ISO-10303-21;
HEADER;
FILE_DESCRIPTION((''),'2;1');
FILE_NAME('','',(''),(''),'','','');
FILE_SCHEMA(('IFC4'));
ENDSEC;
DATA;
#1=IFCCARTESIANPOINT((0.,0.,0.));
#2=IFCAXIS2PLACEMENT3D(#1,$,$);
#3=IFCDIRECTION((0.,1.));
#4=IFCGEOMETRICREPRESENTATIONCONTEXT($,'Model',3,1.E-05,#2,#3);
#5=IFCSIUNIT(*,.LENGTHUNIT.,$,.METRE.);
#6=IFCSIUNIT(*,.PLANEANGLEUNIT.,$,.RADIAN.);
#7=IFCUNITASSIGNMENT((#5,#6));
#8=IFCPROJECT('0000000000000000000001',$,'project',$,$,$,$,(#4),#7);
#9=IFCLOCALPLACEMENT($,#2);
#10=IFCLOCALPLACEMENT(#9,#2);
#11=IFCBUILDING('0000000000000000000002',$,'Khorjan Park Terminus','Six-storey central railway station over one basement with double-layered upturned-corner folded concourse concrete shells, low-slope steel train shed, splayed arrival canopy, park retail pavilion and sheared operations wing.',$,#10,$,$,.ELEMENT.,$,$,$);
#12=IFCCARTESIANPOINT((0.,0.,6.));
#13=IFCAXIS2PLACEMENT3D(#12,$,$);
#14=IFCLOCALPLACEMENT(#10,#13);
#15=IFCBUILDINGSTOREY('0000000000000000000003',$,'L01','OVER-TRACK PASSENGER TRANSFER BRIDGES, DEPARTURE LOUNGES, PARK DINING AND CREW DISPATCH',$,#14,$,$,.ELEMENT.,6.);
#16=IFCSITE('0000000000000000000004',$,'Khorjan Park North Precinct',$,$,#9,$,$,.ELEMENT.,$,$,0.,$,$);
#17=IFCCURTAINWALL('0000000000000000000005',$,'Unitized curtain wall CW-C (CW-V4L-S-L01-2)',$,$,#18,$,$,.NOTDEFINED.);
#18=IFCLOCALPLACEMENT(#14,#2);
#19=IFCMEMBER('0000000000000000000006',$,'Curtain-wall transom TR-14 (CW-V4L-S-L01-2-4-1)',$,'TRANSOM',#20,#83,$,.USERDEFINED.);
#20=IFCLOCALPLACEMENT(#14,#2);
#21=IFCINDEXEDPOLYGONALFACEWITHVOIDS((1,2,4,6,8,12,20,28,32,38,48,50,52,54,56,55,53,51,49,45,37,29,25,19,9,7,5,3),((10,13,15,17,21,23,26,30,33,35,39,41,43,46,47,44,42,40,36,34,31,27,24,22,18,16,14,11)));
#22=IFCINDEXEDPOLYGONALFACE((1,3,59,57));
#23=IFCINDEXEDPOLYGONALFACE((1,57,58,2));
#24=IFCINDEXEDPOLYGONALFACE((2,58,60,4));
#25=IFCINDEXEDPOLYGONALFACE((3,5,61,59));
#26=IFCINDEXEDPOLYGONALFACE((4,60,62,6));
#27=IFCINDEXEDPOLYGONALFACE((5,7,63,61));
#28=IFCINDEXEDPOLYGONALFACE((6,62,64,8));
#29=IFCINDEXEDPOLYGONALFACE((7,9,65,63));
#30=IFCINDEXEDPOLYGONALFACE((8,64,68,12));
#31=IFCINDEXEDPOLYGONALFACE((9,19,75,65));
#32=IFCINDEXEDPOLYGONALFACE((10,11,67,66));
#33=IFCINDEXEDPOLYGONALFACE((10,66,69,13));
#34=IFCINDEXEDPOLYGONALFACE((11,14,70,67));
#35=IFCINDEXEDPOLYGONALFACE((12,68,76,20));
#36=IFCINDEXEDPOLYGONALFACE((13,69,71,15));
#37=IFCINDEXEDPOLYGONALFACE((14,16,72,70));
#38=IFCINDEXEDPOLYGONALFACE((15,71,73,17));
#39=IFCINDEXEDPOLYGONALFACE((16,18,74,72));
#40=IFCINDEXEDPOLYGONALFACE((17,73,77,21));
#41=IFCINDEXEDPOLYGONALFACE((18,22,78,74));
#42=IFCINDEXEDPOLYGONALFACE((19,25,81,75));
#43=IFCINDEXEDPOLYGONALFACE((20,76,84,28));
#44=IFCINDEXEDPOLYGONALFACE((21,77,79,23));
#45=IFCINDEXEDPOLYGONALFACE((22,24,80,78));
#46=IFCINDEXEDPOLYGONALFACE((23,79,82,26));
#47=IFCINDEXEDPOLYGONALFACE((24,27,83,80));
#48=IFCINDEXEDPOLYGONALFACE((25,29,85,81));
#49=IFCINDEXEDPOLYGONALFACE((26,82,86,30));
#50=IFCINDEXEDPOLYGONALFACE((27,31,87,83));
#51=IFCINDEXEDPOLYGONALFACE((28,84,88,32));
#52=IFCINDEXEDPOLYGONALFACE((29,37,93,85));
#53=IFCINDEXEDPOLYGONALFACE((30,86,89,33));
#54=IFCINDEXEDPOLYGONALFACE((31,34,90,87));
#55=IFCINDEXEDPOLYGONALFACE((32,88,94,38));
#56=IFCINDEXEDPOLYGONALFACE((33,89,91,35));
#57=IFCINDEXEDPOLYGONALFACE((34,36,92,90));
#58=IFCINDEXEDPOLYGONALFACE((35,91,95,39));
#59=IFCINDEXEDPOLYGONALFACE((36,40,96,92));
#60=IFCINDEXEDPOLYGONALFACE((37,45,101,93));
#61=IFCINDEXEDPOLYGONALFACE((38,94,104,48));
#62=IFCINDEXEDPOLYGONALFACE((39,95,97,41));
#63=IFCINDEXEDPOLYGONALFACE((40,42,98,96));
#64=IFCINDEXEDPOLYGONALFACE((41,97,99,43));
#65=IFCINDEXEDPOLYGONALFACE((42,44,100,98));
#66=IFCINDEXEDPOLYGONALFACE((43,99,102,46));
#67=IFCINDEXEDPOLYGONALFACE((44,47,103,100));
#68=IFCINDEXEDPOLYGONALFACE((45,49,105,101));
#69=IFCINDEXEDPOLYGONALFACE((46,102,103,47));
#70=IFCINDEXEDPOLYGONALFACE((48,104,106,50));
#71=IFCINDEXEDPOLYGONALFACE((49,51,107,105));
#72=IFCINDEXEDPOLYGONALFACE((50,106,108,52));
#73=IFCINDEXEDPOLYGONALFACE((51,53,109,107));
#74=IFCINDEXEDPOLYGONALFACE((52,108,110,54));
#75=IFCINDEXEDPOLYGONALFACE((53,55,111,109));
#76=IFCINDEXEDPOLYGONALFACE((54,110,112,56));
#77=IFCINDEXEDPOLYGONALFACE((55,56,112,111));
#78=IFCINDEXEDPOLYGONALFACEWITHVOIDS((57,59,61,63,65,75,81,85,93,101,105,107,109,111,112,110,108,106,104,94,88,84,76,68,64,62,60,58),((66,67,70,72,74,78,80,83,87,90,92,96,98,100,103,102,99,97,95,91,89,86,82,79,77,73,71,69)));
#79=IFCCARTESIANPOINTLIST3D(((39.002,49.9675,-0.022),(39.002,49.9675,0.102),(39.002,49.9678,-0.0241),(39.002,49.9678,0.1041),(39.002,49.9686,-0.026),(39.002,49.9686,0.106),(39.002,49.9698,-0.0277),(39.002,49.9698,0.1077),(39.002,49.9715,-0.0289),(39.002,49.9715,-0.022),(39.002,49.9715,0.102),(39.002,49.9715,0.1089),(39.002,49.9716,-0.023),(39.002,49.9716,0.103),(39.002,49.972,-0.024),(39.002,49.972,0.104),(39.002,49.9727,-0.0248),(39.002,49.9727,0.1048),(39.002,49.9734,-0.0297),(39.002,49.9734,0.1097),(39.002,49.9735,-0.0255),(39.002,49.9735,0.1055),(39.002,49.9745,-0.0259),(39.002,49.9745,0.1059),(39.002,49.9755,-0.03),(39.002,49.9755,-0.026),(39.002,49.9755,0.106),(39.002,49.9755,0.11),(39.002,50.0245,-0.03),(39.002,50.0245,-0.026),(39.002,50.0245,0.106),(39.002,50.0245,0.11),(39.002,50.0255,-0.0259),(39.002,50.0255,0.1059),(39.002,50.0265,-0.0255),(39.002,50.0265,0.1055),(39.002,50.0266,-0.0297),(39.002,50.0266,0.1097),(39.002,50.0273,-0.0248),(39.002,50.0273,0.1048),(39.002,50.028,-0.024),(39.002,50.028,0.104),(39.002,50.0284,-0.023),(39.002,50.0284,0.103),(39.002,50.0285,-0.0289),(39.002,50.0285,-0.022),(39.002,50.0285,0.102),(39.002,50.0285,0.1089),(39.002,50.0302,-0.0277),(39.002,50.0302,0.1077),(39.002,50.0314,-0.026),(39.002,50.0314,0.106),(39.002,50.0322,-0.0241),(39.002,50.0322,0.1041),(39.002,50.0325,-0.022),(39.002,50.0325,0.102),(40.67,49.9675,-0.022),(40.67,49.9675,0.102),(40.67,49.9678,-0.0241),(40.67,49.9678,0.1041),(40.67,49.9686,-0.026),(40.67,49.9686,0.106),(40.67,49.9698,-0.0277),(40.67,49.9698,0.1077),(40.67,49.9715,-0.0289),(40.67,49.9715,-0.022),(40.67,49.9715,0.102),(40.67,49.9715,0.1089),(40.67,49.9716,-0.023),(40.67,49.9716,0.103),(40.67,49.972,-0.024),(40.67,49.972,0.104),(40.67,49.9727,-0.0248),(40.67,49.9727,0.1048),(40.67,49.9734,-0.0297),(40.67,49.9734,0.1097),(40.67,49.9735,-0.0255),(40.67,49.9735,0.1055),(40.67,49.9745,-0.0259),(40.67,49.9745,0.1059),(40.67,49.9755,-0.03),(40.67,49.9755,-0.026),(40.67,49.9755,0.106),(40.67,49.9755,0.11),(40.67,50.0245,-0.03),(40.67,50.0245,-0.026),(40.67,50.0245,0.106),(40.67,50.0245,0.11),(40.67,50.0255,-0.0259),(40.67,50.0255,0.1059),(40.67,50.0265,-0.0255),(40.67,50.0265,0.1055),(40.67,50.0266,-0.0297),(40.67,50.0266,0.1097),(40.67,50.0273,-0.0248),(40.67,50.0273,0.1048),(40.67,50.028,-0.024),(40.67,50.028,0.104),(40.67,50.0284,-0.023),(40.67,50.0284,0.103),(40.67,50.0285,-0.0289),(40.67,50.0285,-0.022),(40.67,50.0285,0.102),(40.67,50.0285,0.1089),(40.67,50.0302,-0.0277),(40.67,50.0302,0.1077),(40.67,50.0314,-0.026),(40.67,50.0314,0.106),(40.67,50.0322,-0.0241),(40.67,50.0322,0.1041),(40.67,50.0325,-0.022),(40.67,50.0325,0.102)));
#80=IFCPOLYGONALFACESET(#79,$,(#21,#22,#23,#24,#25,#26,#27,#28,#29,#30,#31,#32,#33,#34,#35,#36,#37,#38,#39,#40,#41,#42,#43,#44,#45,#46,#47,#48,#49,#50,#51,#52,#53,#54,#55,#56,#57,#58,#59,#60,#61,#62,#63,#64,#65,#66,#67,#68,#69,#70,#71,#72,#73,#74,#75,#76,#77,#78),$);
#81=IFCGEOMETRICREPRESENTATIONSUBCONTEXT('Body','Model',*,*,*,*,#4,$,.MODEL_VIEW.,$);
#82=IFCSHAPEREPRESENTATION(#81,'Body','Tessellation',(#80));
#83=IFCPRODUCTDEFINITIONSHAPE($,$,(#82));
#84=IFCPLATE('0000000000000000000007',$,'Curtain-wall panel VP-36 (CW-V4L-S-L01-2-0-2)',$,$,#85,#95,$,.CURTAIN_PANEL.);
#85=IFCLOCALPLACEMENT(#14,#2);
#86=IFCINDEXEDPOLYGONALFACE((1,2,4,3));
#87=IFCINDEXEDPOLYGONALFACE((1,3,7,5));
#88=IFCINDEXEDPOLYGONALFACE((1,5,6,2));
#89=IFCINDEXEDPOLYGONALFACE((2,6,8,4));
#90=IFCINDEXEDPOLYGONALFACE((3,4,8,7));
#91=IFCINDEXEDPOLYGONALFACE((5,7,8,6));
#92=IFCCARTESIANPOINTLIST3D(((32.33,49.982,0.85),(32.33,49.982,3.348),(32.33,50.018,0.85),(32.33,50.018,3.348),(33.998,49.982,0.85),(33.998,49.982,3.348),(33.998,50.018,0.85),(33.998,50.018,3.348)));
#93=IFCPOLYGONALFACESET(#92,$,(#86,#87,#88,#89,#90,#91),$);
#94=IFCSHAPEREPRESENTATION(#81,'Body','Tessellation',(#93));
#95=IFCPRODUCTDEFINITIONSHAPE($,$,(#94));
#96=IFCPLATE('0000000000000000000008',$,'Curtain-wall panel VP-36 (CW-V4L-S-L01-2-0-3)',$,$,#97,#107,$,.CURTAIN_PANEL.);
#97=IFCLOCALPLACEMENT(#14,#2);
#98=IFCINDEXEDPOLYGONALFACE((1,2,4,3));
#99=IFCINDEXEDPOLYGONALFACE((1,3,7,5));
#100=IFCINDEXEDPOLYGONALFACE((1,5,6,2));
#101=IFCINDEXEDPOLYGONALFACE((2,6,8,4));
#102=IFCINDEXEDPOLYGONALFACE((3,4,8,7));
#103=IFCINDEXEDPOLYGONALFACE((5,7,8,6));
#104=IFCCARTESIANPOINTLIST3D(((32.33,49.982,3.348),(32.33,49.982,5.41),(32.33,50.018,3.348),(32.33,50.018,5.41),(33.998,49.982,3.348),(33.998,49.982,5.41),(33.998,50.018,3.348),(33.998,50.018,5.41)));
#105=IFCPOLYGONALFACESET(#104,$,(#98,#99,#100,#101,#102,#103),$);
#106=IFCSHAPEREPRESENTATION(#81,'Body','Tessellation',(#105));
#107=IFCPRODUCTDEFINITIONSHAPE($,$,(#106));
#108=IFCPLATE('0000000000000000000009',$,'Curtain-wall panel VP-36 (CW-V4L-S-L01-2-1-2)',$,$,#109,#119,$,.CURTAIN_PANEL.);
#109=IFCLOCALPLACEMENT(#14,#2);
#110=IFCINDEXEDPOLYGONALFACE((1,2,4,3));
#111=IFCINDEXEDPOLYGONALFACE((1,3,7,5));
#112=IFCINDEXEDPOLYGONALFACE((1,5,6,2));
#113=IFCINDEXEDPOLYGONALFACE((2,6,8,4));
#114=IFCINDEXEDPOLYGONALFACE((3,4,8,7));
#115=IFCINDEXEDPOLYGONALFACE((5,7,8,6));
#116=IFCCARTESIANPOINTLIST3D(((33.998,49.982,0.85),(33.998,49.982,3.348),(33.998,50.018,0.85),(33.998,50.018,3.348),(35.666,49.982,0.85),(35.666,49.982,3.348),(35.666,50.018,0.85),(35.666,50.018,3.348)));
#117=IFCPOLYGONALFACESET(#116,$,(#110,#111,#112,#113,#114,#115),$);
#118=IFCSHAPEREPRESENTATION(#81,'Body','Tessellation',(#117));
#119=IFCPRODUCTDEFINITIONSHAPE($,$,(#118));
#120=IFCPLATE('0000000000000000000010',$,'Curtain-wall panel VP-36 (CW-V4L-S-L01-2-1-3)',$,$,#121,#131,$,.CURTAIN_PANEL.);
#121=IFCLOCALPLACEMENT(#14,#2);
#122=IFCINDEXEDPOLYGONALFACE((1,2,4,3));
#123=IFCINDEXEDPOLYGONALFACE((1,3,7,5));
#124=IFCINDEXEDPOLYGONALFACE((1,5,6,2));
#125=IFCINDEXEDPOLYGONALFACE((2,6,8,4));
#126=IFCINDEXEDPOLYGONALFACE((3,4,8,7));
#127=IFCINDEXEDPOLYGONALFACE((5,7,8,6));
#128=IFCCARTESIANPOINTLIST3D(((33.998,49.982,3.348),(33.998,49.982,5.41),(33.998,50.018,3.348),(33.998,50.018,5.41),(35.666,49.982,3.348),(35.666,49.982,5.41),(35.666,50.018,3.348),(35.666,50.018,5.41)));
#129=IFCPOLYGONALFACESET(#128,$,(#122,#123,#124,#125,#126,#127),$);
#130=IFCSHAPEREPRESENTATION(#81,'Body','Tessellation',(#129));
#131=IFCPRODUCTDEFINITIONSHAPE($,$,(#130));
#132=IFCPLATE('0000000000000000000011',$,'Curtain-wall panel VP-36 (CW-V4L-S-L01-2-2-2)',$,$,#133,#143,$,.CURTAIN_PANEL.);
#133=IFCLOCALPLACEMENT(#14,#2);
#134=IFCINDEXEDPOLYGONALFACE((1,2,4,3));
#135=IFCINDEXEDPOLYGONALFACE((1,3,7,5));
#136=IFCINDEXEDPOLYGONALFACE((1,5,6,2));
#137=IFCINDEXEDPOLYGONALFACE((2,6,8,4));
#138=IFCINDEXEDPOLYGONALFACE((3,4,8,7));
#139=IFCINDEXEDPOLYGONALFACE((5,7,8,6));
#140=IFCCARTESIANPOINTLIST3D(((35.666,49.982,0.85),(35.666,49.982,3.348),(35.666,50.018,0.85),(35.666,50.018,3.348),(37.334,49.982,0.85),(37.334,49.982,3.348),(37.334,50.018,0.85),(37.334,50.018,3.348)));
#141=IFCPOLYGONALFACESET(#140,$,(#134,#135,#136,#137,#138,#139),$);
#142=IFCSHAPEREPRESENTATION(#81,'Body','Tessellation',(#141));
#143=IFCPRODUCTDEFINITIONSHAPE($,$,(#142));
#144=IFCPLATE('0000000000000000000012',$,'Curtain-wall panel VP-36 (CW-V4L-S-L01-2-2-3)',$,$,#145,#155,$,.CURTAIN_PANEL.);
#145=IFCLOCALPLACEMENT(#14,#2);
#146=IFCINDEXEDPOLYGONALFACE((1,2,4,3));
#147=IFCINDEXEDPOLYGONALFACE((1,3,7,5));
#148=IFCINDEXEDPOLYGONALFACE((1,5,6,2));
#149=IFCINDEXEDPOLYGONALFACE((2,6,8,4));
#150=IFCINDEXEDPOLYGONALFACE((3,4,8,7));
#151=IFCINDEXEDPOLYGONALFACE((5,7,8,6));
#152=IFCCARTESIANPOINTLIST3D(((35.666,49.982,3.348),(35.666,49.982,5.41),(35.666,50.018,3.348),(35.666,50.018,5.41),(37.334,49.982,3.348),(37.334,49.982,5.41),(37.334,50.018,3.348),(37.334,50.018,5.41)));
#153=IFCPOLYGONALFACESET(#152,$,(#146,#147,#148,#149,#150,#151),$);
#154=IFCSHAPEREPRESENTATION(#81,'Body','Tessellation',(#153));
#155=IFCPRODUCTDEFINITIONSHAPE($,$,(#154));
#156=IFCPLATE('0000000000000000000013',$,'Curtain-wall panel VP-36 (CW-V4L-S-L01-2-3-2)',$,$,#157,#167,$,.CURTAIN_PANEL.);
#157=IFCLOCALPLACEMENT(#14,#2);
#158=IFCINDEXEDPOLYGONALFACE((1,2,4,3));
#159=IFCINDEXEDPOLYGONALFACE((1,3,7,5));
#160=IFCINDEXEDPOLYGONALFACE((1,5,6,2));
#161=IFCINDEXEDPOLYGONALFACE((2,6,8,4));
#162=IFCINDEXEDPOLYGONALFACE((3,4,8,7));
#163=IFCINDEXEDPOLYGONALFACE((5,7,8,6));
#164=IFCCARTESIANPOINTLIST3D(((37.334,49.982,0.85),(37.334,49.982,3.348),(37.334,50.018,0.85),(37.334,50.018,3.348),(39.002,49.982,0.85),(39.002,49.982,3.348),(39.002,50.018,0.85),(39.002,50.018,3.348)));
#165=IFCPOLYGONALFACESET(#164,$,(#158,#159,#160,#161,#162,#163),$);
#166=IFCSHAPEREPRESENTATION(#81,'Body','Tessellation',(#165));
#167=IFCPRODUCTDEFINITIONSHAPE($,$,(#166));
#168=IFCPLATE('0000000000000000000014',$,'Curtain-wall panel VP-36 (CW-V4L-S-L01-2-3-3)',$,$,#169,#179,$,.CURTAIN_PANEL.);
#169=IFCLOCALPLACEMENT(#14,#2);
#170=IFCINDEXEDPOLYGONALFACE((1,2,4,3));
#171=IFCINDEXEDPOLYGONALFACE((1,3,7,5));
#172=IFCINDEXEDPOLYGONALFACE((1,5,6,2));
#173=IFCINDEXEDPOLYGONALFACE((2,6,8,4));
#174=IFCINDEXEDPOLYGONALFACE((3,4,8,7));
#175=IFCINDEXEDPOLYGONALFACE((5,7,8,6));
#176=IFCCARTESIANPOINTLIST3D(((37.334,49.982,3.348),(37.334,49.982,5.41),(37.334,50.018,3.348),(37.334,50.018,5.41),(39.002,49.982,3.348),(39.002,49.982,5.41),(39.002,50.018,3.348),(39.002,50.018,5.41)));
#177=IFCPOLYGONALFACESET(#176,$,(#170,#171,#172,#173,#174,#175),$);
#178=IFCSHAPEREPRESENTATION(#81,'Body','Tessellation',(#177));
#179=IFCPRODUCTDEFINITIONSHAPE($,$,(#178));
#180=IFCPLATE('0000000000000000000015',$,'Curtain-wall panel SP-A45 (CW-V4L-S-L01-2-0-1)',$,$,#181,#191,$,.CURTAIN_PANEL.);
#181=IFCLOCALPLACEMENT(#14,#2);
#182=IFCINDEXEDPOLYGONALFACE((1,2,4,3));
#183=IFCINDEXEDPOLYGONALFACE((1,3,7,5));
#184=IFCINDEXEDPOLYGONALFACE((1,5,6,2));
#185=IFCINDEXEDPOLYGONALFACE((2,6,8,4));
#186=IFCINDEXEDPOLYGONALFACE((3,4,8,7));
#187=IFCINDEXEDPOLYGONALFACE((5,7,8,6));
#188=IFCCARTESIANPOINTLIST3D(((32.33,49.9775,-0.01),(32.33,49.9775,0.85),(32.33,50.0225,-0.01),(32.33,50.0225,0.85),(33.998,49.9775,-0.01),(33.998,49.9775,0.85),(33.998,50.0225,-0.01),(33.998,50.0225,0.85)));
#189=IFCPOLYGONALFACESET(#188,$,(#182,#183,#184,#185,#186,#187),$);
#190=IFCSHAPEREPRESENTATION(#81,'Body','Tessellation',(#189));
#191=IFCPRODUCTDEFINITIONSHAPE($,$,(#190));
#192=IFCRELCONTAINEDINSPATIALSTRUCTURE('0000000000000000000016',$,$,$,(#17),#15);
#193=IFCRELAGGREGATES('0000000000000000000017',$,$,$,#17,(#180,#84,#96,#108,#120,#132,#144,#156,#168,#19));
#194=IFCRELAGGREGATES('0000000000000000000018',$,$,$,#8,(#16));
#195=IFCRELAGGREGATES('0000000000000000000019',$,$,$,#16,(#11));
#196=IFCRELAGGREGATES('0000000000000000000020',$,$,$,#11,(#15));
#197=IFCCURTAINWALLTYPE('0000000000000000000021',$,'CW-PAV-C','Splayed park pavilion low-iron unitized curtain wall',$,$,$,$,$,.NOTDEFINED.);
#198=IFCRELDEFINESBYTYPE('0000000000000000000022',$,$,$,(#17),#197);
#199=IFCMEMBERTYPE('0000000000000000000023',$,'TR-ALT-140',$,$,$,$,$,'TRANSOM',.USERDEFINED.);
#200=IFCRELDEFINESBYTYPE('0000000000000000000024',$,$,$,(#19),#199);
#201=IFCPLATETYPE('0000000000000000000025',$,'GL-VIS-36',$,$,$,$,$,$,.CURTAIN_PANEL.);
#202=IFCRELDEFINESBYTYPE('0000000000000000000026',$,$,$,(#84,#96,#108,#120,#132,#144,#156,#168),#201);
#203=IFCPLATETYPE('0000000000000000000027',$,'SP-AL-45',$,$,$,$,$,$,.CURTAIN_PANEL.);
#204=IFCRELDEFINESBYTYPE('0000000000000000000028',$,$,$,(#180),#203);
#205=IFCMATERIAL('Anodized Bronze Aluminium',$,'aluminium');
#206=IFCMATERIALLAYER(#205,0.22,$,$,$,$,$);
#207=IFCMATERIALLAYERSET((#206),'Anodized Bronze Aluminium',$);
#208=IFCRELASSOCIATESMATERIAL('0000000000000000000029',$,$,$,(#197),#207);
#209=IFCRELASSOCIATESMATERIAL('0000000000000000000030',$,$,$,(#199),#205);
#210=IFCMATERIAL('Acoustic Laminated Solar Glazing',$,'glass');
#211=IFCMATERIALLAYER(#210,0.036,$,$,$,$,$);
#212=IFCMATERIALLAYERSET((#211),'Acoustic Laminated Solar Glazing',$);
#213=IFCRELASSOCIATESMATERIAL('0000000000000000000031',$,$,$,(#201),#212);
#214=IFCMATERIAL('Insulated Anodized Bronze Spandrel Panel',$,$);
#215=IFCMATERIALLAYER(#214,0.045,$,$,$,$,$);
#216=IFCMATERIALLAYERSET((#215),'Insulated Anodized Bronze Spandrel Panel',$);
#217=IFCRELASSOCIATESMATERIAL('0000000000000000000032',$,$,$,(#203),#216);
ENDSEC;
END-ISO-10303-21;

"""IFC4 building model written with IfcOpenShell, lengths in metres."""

from ifc_helpers import new_model, si_unit, direction, frame, origin, origin_2d, place, context, subcontext, project, spatial, rectangle, hollow_rectangle, extrude, material, layer, layer_set, material_profile, profile_set, type_object, element, aggregate, save


model = new_model("IFC4")

# Units and contexts
model_context = context("Model", 3, precision=1e-05, world=origin(), true_north=direction((0.0, 1.0)))
body_context = subcontext(model_context, "Body", "Model", "MODEL_VIEW")
ifc_project = project(units=[si_unit("LENGTHUNIT", "METRE"), si_unit("PLANEANGLEUNIT", "RADIAN")], contexts=[model_context])

# Site, building, storey
site_placement = place(None, origin())
site = spatial("IfcSite", under=ifc_project, at=site_placement, Name="Khorjan Park North Precinct", CompositionType="ELEMENT", RefElevation=0.0)
building_placement = place(site_placement, origin())
building = spatial("IfcBuilding", under=site, at=building_placement, Name="Khorjan Park Terminus", Description="Six-storey central railway station over one basement with double-layered upturned-corner folded concourse concrete shells, low-slope steel train shed, splayed arrival canopy, park retail pavilion and sheared operations wing.", CompositionType="ELEMENT")
storey_placement = place(building_placement, frame((0.0, 0.0, 6.0)))
storey = spatial("IfcBuildingStorey", under=building, at=storey_placement, Name="L01", Description="OVER-TRACK PASSENGER TRANSFER BRIDGES, DEPARTURE LOUNGES, PARK DINING AND CREW DISPATCH", CompositionType="ELEMENT", Elevation=6.0)

# Curtain wall, member, plates
ifc_material_1 = material(Name="Anodized Bronze Aluminium", Category="aluminium")
ifc_layer_1 = layer(ifc_material_1, 0.22)
ifc_layer_set_1 = layer_set([ifc_layer_1], Name="Anodized Bronze Aluminium")
curtain_wall_type = type_object("IfcCurtainWallType", Name="CW-PAV-C", Description="Splayed park pavilion low-iron unitized curtain wall", PredefinedType="NOTDEFINED", material=ifc_layer_set_1)
curtain_wall_placement = place(storey_placement, origin())
curtain_wall = element("IfcCurtainWall", 1, at=curtain_wall_placement, inside=storey, type_object=curtain_wall_type, Name="Unitized curtain wall CW-C (CW-V4L-S-L01-2)", PredefinedType="NOTDEFINED")
ifc_material_profile_1 = material_profile(ifc_material_1, hollow_rectangle(XDim=0.065, YDim=0.14, WallThickness=0.004, InnerFilletRadius=0.004, OuterFilletRadius=0.008, at=origin_2d()), Name="ALT 65x140x4")
ifc_profile_set_1 = profile_set([ifc_material_profile_1], Name="Anodized Bronze Aluminium")
member_type_1 = type_object("IfcMemberType", Name="TR-ALT-140", ElementType="TRANSOM", PredefinedType="USERDEFINED", material=ifc_profile_set_1)
member_1_placement = place(storey_placement, frame((39.002, 50.0, 0.04), z_axis=(1.0, 0.0, 0.0), x_axis=(0.0, 1.0, 0.0)))
member_1 = element("IfcMember", 2, at=member_1_placement, type_object=member_type_1, Name="Curtain-wall transom TR-14 (CW-V4L-S-L01-2-4-1)", ObjectType="TRANSOM", PredefinedType="USERDEFINED", context=body_context, shape_type="SweptSolid", body=[
    extrude(hollow_rectangle(XDim=0.065, YDim=0.14, WallThickness=0.004, InnerFilletRadius=0.004, OuterFilletRadius=0.008, at=origin_2d()), origin(), (0.0, 0.0, 1.0), 1.668),
])
ifc_material_2 = material(Name="Acoustic Laminated Solar Glazing", Category="glass")
ifc_layer_2 = layer(ifc_material_2, 0.036)
ifc_layer_set_2 = layer_set([ifc_layer_2], Name="Acoustic Laminated Solar Glazing")
plate_type_1 = type_object("IfcPlateType", Name="GL-VIS-36", PredefinedType="CURTAIN_PANEL", material=ifc_layer_set_2)
plate_1_placement = place(storey_placement, frame((33.164, 50.0, 0.85), z_axis=(0.0, 0.0, 1.0), x_axis=(1.0, 0.0, 0.0)))
plate_1 = element("IfcPlate", 3, at=plate_1_placement, type_object=plate_type_1, Name="Curtain-wall panel VP-36 (CW-V4L-S-L01-2-0-2)", PredefinedType="CURTAIN_PANEL", context=body_context, shape_type="SweptSolid", body=[
    extrude(rectangle(XDim=1.668, YDim=0.036, at=origin_2d()), origin(), (0.0, 0.0, 1.0), 2.498),
])
plate_2_placement = place(storey_placement, frame((33.164, 50.0, 3.348), z_axis=(0.0, 0.0, 1.0), x_axis=(1.0, 0.0, 0.0)))
plate_2 = element("IfcPlate", 4, at=plate_2_placement, type_object=plate_type_1, Name="Curtain-wall panel VP-36 (CW-V4L-S-L01-2-0-3)", PredefinedType="CURTAIN_PANEL", context=body_context, shape_type="SweptSolid", body=[
    extrude(rectangle(XDim=1.668, YDim=0.036, at=origin_2d()), origin(), (0.0, 0.0, 1.0), 2.062),
])
plate_3_placement = place(storey_placement, frame((34.832, 50.0, 0.85), z_axis=(0.0, 0.0, 1.0), x_axis=(1.0, 0.0, 0.0)))
plate_3 = element("IfcPlate", 5, at=plate_3_placement, type_object=plate_type_1, Name="Curtain-wall panel VP-36 (CW-V4L-S-L01-2-1-2)", PredefinedType="CURTAIN_PANEL", context=body_context, shape_type="SweptSolid", body=[
    extrude(rectangle(XDim=1.668, YDim=0.036, at=origin_2d()), origin(), (0.0, 0.0, 1.0), 2.498),
])
plate_4_placement = place(storey_placement, frame((34.832, 50.0, 3.348), z_axis=(0.0, 0.0, 1.0), x_axis=(1.0, 0.0, 0.0)))
plate_4 = element("IfcPlate", 6, at=plate_4_placement, type_object=plate_type_1, Name="Curtain-wall panel VP-36 (CW-V4L-S-L01-2-1-3)", PredefinedType="CURTAIN_PANEL", context=body_context, shape_type="SweptSolid", body=[
    extrude(rectangle(XDim=1.668, YDim=0.036, at=origin_2d()), origin(), (0.0, 0.0, 1.0), 2.062),
])
plate_5_placement = place(storey_placement, frame((36.5, 50.0, 0.85), z_axis=(0.0, 0.0, 1.0), x_axis=(1.0, 0.0, 0.0)))
plate_5 = element("IfcPlate", 7, at=plate_5_placement, type_object=plate_type_1, Name="Curtain-wall panel VP-36 (CW-V4L-S-L01-2-2-2)", PredefinedType="CURTAIN_PANEL", context=body_context, shape_type="SweptSolid", body=[
    extrude(rectangle(XDim=1.668, YDim=0.036, at=origin_2d()), origin(), (0.0, 0.0, 1.0), 2.498),
])
plate_6_placement = place(storey_placement, frame((36.5, 50.0, 3.348), z_axis=(0.0, 0.0, 1.0), x_axis=(1.0, 0.0, 0.0)))
plate_6 = element("IfcPlate", 8, at=plate_6_placement, type_object=plate_type_1, Name="Curtain-wall panel VP-36 (CW-V4L-S-L01-2-2-3)", PredefinedType="CURTAIN_PANEL", context=body_context, shape_type="SweptSolid", body=[
    extrude(rectangle(XDim=1.668, YDim=0.036, at=origin_2d()), origin(), (0.0, 0.0, 1.0), 2.062),
])
plate_7_placement = place(storey_placement, frame((38.168, 50.0, 0.85), z_axis=(0.0, 0.0, 1.0), x_axis=(1.0, 0.0, 0.0)))
plate_7 = element("IfcPlate", 9, at=plate_7_placement, type_object=plate_type_1, Name="Curtain-wall panel VP-36 (CW-V4L-S-L01-2-3-2)", PredefinedType="CURTAIN_PANEL", context=body_context, shape_type="SweptSolid", body=[
    extrude(rectangle(XDim=1.668, YDim=0.036, at=origin_2d()), origin(), (0.0, 0.0, 1.0), 2.498),
])
plate_8_placement = place(storey_placement, frame((38.168, 50.0, 3.348), z_axis=(0.0, 0.0, 1.0), x_axis=(1.0, 0.0, 0.0)))
plate_8 = element("IfcPlate", 10, at=plate_8_placement, type_object=plate_type_1, Name="Curtain-wall panel VP-36 (CW-V4L-S-L01-2-3-3)", PredefinedType="CURTAIN_PANEL", context=body_context, shape_type="SweptSolid", body=[
    extrude(rectangle(XDim=1.668, YDim=0.036, at=origin_2d()), origin(), (0.0, 0.0, 1.0), 2.062),
])
ifc_material_3 = material(Name="Insulated Anodized Bronze Spandrel Panel")
ifc_layer_3 = layer(ifc_material_3, 0.045)
ifc_layer_set_3 = layer_set([ifc_layer_3], Name="Insulated Anodized Bronze Spandrel Panel")
plate_type_2 = type_object("IfcPlateType", Name="SP-AL-45", PredefinedType="CURTAIN_PANEL", material=ifc_layer_set_3)
plate_9_placement = place(storey_placement, frame((33.164, 50.0, -0.01), z_axis=(0.0, 0.0, 1.0), x_axis=(1.0, 0.0, 0.0)))
plate_9 = element("IfcPlate", 11, at=plate_9_placement, type_object=plate_type_2, Name="Curtain-wall panel SP-A45 (CW-V4L-S-L01-2-0-1)", PredefinedType="CURTAIN_PANEL", context=body_context, shape_type="SweptSolid", body=[
    extrude(rectangle(XDim=1.668, YDim=0.045, at=origin_2d()), origin(), (0.0, 0.0, 1.0), 0.86),
])
aggregate(curtain_wall, [plate_9, plate_1, plate_2, plate_3, plate_4, plate_5, plate_6, plate_7, plate_8, member_1])

save(model, "model.ifc")
